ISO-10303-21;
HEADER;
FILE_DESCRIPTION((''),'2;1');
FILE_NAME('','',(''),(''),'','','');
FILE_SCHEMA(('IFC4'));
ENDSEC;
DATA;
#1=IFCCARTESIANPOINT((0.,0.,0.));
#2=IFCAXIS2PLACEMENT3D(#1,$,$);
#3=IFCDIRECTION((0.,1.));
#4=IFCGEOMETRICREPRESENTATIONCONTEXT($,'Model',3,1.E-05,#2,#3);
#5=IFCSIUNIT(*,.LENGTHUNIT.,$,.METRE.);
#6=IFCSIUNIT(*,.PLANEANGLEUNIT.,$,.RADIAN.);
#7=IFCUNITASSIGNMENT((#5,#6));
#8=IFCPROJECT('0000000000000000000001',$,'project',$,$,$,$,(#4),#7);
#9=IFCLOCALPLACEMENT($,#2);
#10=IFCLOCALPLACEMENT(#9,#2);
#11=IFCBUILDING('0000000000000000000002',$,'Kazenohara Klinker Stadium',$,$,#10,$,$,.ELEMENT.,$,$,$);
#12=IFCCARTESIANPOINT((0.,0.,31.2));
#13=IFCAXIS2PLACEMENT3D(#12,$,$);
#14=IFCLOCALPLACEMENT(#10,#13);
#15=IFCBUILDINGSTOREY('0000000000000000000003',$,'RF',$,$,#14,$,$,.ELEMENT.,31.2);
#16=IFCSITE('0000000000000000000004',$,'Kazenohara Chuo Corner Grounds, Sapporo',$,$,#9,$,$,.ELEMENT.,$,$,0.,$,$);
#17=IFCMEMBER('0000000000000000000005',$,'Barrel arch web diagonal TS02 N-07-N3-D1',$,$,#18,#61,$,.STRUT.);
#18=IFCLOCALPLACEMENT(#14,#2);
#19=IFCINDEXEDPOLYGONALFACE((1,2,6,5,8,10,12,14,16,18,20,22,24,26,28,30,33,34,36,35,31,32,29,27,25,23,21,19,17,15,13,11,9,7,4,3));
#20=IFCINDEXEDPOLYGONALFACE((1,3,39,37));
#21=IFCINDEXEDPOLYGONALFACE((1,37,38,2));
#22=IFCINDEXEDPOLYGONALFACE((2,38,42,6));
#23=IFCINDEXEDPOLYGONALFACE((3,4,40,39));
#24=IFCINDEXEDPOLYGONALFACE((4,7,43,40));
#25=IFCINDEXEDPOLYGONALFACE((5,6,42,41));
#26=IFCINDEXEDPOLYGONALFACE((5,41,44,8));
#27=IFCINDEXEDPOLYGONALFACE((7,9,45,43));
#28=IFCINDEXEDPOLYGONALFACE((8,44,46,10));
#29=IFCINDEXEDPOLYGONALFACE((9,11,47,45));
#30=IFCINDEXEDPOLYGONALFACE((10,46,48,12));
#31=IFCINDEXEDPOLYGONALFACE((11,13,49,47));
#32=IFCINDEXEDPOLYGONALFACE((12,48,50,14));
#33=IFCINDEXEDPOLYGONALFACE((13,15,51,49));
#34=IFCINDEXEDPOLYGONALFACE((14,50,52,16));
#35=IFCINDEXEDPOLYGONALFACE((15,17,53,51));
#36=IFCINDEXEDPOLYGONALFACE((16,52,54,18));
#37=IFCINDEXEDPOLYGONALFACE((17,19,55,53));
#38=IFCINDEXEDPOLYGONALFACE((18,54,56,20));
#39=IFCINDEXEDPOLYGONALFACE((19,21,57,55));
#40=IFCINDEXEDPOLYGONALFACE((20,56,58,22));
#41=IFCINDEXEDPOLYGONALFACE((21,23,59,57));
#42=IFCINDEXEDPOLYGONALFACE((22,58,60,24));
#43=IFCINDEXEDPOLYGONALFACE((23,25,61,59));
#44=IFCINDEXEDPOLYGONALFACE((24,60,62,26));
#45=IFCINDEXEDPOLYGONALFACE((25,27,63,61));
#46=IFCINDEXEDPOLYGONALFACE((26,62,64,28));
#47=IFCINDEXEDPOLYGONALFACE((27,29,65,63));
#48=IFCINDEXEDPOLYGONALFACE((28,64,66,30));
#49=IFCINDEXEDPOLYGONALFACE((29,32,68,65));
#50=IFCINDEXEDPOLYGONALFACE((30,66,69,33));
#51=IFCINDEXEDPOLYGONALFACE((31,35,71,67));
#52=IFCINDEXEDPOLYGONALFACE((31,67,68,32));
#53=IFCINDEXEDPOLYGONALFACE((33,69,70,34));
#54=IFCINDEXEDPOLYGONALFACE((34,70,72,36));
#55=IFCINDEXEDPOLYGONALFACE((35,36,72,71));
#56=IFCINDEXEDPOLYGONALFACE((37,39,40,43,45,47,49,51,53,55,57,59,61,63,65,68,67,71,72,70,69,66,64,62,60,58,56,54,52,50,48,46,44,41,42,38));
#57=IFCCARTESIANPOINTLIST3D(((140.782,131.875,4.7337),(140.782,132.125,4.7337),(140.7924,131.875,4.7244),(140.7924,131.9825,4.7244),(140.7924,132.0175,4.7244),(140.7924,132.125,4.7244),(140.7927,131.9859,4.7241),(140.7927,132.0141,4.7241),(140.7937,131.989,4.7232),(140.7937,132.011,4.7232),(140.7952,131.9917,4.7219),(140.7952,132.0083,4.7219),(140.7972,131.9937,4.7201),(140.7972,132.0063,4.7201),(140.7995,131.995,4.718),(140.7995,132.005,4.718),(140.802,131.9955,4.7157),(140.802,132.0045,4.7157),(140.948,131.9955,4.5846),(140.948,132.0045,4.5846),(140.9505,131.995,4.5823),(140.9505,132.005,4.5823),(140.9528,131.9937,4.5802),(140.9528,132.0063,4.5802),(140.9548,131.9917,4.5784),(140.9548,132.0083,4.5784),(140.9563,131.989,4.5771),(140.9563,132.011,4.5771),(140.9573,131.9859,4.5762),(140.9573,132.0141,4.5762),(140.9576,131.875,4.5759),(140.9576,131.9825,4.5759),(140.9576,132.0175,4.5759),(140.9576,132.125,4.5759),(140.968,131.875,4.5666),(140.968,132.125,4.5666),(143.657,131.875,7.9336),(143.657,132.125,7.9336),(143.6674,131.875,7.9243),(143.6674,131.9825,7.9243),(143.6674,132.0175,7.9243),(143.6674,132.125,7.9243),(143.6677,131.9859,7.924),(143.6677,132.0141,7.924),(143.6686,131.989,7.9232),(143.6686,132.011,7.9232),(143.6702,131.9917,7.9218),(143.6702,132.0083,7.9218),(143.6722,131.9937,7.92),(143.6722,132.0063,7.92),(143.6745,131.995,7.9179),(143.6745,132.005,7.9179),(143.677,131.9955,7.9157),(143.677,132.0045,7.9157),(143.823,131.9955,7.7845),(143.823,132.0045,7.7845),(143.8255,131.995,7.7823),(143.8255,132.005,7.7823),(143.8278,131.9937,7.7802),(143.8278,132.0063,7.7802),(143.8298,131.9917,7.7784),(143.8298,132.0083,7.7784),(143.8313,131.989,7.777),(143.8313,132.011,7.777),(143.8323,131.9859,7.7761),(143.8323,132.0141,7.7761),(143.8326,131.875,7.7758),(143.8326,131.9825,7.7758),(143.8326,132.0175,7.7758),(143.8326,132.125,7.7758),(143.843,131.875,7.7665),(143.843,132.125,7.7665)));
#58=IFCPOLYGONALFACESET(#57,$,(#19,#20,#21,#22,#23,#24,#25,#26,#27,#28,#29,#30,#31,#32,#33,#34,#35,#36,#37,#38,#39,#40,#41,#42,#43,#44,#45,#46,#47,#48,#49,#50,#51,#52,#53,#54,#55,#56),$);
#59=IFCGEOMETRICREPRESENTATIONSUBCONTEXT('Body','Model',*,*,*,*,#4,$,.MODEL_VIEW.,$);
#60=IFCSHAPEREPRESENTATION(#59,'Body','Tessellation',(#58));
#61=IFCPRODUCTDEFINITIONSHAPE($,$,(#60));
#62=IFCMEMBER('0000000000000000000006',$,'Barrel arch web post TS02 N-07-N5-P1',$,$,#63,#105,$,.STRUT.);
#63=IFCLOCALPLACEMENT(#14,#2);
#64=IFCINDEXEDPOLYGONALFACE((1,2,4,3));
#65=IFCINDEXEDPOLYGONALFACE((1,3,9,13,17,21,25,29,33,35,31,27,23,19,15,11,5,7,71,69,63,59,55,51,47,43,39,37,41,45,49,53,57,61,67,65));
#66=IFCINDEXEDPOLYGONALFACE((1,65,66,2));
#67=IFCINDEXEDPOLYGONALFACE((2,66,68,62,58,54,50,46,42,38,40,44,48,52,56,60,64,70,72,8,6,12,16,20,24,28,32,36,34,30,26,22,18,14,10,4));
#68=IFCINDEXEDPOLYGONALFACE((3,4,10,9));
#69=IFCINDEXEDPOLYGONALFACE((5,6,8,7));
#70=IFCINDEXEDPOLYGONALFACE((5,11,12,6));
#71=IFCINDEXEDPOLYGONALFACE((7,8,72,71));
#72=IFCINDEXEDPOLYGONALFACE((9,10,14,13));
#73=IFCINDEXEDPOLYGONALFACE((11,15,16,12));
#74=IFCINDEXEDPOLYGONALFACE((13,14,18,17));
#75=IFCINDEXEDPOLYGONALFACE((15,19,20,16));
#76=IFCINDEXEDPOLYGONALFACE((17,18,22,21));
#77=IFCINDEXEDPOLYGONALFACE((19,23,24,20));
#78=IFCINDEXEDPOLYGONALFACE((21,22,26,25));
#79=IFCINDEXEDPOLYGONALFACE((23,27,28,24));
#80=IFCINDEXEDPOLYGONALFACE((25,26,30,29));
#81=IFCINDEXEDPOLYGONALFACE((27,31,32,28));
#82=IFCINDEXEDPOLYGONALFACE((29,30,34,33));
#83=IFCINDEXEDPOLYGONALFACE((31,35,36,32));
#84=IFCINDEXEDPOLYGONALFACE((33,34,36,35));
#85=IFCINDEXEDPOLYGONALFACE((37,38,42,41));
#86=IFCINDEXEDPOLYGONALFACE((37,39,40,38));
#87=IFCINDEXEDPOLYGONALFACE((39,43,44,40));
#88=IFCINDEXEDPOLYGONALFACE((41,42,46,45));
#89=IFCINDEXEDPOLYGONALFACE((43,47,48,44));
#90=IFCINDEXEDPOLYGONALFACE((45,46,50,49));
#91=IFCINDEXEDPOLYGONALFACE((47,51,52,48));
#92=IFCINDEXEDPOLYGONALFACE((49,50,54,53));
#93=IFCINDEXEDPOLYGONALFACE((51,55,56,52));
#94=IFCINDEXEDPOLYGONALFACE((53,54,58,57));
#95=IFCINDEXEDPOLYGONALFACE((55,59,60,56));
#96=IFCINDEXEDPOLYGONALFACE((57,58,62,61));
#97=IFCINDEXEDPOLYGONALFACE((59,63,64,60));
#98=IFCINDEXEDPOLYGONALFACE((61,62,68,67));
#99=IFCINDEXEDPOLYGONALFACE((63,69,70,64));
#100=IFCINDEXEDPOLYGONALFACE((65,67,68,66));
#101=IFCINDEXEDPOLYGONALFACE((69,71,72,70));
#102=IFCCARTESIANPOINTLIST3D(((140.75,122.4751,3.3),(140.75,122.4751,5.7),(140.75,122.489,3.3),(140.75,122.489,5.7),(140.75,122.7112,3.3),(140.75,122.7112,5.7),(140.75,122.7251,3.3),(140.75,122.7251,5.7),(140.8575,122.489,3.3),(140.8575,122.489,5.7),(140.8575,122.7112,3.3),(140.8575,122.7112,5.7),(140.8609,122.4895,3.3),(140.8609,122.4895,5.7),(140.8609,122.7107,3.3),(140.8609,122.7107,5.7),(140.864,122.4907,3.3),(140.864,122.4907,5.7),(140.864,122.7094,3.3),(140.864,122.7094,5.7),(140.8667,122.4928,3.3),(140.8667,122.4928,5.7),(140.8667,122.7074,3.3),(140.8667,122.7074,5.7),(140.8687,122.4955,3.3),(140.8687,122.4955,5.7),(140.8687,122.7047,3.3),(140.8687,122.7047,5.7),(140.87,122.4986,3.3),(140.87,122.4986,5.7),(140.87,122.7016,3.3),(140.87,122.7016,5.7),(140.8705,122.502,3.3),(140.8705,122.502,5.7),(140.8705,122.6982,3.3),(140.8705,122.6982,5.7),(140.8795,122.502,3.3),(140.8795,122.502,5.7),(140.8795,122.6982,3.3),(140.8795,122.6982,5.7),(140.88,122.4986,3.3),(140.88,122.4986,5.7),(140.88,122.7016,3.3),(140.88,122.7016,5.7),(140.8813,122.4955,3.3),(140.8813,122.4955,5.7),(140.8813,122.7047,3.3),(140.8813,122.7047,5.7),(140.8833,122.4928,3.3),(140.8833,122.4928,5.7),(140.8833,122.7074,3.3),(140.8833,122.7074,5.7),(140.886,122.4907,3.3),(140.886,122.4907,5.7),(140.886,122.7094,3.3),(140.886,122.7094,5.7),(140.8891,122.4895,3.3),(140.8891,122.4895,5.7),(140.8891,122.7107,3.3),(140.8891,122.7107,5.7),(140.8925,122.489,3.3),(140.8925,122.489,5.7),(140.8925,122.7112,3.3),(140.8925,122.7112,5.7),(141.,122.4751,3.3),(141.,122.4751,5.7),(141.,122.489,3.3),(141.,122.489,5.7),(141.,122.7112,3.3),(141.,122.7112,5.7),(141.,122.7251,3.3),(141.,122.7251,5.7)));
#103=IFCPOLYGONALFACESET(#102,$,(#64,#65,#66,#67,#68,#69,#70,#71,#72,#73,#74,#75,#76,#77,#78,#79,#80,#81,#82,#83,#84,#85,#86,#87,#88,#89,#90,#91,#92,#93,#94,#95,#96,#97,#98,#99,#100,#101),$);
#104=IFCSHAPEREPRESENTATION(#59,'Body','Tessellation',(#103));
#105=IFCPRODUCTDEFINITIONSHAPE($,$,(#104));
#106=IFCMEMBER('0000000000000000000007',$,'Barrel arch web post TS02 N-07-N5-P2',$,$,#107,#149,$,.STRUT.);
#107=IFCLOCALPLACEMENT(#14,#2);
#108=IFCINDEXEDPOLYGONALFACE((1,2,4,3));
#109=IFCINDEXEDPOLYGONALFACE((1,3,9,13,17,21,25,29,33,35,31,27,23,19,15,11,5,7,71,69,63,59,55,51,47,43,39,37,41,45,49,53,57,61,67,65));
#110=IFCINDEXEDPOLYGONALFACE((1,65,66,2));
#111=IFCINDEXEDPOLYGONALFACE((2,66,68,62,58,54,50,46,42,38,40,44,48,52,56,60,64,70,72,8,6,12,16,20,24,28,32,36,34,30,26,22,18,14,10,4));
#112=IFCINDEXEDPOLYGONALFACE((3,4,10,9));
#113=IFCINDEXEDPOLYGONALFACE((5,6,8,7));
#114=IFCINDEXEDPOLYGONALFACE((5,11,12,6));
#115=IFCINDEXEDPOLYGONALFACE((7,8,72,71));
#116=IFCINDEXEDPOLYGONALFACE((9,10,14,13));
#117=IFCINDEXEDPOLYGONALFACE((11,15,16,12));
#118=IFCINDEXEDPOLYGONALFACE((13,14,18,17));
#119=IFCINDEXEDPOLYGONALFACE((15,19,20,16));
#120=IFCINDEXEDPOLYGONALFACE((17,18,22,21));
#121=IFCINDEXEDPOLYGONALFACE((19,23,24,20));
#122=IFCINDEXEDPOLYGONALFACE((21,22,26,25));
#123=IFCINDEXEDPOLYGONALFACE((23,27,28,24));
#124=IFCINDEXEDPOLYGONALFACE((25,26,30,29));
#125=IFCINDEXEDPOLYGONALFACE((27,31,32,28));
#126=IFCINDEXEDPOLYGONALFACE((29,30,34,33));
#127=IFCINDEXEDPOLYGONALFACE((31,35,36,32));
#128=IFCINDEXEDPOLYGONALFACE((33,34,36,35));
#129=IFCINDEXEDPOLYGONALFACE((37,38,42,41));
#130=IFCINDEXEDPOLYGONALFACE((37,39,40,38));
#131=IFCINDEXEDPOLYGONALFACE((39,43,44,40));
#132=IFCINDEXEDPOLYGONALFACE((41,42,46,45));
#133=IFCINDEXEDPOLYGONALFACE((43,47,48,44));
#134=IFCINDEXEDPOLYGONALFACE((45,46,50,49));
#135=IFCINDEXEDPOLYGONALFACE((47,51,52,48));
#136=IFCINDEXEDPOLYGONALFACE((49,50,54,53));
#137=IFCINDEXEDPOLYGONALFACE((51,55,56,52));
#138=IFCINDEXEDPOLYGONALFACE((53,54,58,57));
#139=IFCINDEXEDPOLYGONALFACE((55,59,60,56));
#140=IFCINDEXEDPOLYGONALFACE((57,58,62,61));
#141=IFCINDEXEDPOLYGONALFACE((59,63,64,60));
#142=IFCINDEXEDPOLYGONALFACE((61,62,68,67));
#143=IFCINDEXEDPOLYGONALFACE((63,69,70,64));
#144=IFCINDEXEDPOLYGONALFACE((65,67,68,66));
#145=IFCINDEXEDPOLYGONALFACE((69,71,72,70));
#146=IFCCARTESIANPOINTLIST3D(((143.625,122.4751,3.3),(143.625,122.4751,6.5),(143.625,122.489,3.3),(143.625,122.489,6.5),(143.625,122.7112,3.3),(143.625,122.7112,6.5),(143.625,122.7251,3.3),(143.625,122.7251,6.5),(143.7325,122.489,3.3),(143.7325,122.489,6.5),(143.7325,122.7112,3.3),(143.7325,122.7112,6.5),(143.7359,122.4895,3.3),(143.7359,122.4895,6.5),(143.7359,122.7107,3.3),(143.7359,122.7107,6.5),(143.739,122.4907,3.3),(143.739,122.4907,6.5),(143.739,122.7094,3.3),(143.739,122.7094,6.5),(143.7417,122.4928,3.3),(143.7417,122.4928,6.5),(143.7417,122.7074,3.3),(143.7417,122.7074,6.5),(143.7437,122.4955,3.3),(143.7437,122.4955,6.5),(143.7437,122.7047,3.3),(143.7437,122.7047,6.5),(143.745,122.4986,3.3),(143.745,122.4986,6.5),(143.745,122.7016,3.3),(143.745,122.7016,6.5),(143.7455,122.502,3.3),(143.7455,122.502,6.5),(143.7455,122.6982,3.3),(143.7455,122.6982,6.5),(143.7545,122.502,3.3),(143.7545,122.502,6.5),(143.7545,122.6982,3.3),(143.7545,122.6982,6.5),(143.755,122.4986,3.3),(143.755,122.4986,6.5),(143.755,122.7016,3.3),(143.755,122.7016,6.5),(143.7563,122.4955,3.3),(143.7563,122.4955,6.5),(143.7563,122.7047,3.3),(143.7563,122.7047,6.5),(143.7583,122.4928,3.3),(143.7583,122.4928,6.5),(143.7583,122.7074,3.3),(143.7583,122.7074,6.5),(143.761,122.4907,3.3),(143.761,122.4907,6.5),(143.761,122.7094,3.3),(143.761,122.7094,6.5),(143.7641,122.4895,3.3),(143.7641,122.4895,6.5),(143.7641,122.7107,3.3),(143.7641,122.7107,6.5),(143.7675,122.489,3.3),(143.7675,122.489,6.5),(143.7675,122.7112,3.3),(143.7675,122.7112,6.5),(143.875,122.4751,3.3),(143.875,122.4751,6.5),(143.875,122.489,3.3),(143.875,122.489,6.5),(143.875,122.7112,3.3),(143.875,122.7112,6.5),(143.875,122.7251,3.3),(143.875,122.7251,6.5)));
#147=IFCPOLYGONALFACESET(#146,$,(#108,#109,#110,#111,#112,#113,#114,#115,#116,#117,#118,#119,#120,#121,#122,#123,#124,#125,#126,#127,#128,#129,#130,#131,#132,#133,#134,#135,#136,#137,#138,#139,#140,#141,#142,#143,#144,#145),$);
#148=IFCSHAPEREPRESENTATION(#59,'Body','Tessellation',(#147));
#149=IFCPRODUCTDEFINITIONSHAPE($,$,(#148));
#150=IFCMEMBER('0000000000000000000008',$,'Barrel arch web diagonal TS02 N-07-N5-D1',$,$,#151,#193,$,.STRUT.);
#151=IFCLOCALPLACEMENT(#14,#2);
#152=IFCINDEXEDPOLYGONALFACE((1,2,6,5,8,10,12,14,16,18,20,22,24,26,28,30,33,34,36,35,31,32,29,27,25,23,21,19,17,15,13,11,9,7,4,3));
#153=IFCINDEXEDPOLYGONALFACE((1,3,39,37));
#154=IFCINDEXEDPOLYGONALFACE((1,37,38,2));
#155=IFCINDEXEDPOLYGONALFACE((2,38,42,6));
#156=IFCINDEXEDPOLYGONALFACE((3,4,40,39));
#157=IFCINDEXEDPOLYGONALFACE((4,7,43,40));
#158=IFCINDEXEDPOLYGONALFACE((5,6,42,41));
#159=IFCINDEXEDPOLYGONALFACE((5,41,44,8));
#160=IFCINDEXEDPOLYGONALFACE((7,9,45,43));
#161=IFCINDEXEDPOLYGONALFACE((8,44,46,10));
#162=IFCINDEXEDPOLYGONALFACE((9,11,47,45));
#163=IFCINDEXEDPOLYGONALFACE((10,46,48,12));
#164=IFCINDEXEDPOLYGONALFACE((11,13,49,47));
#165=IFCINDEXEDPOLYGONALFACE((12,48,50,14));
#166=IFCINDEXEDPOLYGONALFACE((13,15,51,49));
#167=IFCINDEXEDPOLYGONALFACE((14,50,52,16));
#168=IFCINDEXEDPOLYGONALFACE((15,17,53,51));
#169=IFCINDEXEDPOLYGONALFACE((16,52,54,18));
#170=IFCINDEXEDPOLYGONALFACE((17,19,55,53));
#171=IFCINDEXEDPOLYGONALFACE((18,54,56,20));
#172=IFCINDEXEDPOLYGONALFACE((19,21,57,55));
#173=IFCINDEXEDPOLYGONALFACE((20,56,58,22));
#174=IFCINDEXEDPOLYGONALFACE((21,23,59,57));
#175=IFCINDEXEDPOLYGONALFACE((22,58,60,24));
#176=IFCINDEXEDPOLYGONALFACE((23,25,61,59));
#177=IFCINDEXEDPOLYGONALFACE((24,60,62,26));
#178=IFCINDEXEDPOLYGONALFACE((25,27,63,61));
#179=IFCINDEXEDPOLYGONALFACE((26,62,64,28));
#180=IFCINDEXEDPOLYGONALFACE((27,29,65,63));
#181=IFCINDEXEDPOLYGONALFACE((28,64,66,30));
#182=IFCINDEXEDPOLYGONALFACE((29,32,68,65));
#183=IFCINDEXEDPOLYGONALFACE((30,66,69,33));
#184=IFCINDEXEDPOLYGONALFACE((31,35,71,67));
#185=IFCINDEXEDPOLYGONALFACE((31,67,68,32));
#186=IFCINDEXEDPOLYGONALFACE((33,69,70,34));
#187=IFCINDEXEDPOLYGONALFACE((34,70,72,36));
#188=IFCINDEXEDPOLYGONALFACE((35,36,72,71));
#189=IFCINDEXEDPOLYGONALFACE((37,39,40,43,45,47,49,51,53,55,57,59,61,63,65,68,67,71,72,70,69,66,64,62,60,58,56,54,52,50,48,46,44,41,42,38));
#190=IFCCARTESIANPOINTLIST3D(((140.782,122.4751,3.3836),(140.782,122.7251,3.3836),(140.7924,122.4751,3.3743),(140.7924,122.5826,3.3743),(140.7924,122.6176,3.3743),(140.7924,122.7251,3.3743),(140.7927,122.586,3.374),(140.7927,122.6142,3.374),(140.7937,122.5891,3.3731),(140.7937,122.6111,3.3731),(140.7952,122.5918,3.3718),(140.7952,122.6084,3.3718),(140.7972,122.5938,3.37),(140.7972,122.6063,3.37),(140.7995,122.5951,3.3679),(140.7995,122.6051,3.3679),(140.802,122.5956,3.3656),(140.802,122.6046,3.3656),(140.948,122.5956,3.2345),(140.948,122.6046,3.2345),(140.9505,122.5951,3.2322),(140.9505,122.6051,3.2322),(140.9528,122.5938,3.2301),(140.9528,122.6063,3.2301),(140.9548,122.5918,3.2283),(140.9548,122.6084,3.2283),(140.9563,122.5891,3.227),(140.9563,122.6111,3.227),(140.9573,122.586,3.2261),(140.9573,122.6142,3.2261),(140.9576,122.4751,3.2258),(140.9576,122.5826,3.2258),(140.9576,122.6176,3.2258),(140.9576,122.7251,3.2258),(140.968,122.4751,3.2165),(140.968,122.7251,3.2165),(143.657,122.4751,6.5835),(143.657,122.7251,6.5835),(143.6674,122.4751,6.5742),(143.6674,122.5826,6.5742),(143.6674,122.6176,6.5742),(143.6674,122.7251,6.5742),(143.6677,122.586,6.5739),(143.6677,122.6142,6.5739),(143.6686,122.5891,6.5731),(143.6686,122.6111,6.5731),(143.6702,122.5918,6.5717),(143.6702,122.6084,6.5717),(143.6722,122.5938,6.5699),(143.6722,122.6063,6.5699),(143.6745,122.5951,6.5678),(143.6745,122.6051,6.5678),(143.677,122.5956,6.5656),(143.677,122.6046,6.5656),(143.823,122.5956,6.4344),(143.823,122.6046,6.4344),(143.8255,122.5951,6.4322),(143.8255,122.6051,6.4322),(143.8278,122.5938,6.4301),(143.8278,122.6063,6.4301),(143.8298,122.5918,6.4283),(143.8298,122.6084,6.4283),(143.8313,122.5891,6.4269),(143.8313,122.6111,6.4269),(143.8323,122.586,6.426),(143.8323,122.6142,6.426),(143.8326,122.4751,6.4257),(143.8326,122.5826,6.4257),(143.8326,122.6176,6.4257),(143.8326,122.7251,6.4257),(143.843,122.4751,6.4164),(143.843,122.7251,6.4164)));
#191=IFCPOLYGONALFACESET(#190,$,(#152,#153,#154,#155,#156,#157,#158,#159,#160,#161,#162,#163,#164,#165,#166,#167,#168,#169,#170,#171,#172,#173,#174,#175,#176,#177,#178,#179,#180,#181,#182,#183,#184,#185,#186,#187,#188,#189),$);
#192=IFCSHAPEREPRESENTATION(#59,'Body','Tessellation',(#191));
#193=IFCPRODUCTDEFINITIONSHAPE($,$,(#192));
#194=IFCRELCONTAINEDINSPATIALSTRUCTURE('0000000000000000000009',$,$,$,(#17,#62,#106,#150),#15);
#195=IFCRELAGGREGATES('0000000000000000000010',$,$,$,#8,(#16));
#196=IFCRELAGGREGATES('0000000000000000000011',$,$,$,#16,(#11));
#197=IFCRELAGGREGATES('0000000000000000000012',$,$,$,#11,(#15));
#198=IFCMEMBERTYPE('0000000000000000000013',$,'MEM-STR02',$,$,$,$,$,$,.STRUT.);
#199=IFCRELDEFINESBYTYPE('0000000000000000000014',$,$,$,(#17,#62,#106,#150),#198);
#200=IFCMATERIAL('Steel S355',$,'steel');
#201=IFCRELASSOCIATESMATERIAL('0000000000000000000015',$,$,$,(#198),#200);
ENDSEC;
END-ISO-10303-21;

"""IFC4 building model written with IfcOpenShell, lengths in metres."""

from ifc_helpers import new_model, si_unit, direction, frame, origin, origin_2d, place, context, subcontext, project, spatial, i_section, extrude, material, material_profile, profile_set, type_object, element, save


model = new_model("IFC4")

# Units and contexts
model_context = context("Model", 3, precision=1e-05, world=origin(), true_north=direction((0.0, 1.0)))
body_context = subcontext(model_context, "Body", "Model", "MODEL_VIEW")
ifc_project = project(units=[si_unit("LENGTHUNIT", "METRE"), si_unit("PLANEANGLEUNIT", "RADIAN")], contexts=[model_context])

# Site, building, storey
site_placement = place(None, origin())
site = spatial("IfcSite", under=ifc_project, at=site_placement, Name="Kazenohara Chuo Corner Grounds, Sapporo", CompositionType="ELEMENT", RefElevation=0.0)
building_placement = place(site_placement, origin())
building = spatial("IfcBuilding", under=site, at=building_placement, Name="Kazenohara Klinker Stadium", CompositionType="ELEMENT")
storey_placement = place(building_placement, frame((0.0, 0.0, 31.2)))
storey = spatial("IfcBuildingStorey", under=building, at=storey_placement, Name="RF", CompositionType="ELEMENT", Elevation=31.2)

# Members
ifc_material_1 = material(Name="Steel S355", Category="steel")
ifc_material_profile_1 = material_profile(ifc_material_1, i_section(OverallWidth=0.25, OverallDepth=0.25, WebThickness=0.009, FlangeThickness=0.0139, FilletRadius=0.0129, at=origin_2d()), Name="H-250x250x9x14")
ifc_profile_set_1 = profile_set([ifc_material_profile_1], Name="Steel S355")
member_type_1 = type_object("IfcMemberType", Name="MEM-STR02", PredefinedType="STRUT", material=ifc_profile_set_1)
member_1_placement = place(storey_placement, frame((140.875, 132.0, 4.6501), z_axis=(0.668328, 0.0, 0.743867), x_axis=(0.0, 1.0, 0.0)))
element("IfcMember", 1, at=member_1_placement, inside=storey, type_object=member_type_1, Name="Barrel arch web diagonal TS02 N-07-N3-D1", PredefinedType="STRUT", context=body_context, shape_type="SweptSolid", body=[
    extrude(i_section(OverallWidth=0.25, OverallDepth=0.25, WebThickness=0.009, FlangeThickness=0.0139, FilletRadius=0.0129, at=origin_2d()), origin(), (0.0, 0.0, 1.0), 4.3018),
])
member_2_placement = place(storey_placement, frame((140.875, 122.6001, 3.3), z_axis=(0.0, 0.0, 1.0), x_axis=(1.0, 0.0, 0.0)))
element("IfcMember", 2, at=member_2_placement, inside=storey, type_object=member_type_1, Name="Barrel arch web post TS02 N-07-N5-P1", PredefinedType="STRUT", context=body_context, shape_type="SweptSolid", body=[
    extrude(i_section(OverallWidth=0.25, OverallDepth=0.25, WebThickness=0.009, FlangeThickness=0.0139, FilletRadius=0.0129, at=origin_2d()), origin(), (0.0, 0.0, 1.0), 2.3999),
])
member_3_placement = place(storey_placement, frame((143.75, 122.6001, 3.3), z_axis=(0.0, 0.0, 1.0), x_axis=(1.0, 0.0, 0.0)))
element("IfcMember", 3, at=member_3_placement, inside=storey, type_object=member_type_1, Name="Barrel arch web post TS02 N-07-N5-P2", PredefinedType="STRUT", context=body_context, shape_type="SweptSolid", body=[
    extrude(i_section(OverallWidth=0.25, OverallDepth=0.25, WebThickness=0.009, FlangeThickness=0.0139, FilletRadius=0.0129, at=origin_2d()), origin(), (0.0, 0.0, 1.0), 3.2),
])
member_4_placement = place(storey_placement, frame((140.875, 122.6001, 3.3), z_axis=(0.668328, 0.0, 0.743867), x_axis=(0.0, 1.0, 0.0)))
element("IfcMember", 4, at=member_4_placement, inside=storey, type_object=member_type_1, Name="Barrel arch web diagonal TS02 N-07-N5-D1", PredefinedType="STRUT", context=body_context, shape_type="SweptSolid", body=[
    extrude(i_section(OverallWidth=0.25, OverallDepth=0.25, WebThickness=0.009, FlangeThickness=0.0139, FilletRadius=0.0129, at=origin_2d()), origin(), (0.0, 0.0, 1.0), 4.3018),
])

save(model, "model.ifc")
